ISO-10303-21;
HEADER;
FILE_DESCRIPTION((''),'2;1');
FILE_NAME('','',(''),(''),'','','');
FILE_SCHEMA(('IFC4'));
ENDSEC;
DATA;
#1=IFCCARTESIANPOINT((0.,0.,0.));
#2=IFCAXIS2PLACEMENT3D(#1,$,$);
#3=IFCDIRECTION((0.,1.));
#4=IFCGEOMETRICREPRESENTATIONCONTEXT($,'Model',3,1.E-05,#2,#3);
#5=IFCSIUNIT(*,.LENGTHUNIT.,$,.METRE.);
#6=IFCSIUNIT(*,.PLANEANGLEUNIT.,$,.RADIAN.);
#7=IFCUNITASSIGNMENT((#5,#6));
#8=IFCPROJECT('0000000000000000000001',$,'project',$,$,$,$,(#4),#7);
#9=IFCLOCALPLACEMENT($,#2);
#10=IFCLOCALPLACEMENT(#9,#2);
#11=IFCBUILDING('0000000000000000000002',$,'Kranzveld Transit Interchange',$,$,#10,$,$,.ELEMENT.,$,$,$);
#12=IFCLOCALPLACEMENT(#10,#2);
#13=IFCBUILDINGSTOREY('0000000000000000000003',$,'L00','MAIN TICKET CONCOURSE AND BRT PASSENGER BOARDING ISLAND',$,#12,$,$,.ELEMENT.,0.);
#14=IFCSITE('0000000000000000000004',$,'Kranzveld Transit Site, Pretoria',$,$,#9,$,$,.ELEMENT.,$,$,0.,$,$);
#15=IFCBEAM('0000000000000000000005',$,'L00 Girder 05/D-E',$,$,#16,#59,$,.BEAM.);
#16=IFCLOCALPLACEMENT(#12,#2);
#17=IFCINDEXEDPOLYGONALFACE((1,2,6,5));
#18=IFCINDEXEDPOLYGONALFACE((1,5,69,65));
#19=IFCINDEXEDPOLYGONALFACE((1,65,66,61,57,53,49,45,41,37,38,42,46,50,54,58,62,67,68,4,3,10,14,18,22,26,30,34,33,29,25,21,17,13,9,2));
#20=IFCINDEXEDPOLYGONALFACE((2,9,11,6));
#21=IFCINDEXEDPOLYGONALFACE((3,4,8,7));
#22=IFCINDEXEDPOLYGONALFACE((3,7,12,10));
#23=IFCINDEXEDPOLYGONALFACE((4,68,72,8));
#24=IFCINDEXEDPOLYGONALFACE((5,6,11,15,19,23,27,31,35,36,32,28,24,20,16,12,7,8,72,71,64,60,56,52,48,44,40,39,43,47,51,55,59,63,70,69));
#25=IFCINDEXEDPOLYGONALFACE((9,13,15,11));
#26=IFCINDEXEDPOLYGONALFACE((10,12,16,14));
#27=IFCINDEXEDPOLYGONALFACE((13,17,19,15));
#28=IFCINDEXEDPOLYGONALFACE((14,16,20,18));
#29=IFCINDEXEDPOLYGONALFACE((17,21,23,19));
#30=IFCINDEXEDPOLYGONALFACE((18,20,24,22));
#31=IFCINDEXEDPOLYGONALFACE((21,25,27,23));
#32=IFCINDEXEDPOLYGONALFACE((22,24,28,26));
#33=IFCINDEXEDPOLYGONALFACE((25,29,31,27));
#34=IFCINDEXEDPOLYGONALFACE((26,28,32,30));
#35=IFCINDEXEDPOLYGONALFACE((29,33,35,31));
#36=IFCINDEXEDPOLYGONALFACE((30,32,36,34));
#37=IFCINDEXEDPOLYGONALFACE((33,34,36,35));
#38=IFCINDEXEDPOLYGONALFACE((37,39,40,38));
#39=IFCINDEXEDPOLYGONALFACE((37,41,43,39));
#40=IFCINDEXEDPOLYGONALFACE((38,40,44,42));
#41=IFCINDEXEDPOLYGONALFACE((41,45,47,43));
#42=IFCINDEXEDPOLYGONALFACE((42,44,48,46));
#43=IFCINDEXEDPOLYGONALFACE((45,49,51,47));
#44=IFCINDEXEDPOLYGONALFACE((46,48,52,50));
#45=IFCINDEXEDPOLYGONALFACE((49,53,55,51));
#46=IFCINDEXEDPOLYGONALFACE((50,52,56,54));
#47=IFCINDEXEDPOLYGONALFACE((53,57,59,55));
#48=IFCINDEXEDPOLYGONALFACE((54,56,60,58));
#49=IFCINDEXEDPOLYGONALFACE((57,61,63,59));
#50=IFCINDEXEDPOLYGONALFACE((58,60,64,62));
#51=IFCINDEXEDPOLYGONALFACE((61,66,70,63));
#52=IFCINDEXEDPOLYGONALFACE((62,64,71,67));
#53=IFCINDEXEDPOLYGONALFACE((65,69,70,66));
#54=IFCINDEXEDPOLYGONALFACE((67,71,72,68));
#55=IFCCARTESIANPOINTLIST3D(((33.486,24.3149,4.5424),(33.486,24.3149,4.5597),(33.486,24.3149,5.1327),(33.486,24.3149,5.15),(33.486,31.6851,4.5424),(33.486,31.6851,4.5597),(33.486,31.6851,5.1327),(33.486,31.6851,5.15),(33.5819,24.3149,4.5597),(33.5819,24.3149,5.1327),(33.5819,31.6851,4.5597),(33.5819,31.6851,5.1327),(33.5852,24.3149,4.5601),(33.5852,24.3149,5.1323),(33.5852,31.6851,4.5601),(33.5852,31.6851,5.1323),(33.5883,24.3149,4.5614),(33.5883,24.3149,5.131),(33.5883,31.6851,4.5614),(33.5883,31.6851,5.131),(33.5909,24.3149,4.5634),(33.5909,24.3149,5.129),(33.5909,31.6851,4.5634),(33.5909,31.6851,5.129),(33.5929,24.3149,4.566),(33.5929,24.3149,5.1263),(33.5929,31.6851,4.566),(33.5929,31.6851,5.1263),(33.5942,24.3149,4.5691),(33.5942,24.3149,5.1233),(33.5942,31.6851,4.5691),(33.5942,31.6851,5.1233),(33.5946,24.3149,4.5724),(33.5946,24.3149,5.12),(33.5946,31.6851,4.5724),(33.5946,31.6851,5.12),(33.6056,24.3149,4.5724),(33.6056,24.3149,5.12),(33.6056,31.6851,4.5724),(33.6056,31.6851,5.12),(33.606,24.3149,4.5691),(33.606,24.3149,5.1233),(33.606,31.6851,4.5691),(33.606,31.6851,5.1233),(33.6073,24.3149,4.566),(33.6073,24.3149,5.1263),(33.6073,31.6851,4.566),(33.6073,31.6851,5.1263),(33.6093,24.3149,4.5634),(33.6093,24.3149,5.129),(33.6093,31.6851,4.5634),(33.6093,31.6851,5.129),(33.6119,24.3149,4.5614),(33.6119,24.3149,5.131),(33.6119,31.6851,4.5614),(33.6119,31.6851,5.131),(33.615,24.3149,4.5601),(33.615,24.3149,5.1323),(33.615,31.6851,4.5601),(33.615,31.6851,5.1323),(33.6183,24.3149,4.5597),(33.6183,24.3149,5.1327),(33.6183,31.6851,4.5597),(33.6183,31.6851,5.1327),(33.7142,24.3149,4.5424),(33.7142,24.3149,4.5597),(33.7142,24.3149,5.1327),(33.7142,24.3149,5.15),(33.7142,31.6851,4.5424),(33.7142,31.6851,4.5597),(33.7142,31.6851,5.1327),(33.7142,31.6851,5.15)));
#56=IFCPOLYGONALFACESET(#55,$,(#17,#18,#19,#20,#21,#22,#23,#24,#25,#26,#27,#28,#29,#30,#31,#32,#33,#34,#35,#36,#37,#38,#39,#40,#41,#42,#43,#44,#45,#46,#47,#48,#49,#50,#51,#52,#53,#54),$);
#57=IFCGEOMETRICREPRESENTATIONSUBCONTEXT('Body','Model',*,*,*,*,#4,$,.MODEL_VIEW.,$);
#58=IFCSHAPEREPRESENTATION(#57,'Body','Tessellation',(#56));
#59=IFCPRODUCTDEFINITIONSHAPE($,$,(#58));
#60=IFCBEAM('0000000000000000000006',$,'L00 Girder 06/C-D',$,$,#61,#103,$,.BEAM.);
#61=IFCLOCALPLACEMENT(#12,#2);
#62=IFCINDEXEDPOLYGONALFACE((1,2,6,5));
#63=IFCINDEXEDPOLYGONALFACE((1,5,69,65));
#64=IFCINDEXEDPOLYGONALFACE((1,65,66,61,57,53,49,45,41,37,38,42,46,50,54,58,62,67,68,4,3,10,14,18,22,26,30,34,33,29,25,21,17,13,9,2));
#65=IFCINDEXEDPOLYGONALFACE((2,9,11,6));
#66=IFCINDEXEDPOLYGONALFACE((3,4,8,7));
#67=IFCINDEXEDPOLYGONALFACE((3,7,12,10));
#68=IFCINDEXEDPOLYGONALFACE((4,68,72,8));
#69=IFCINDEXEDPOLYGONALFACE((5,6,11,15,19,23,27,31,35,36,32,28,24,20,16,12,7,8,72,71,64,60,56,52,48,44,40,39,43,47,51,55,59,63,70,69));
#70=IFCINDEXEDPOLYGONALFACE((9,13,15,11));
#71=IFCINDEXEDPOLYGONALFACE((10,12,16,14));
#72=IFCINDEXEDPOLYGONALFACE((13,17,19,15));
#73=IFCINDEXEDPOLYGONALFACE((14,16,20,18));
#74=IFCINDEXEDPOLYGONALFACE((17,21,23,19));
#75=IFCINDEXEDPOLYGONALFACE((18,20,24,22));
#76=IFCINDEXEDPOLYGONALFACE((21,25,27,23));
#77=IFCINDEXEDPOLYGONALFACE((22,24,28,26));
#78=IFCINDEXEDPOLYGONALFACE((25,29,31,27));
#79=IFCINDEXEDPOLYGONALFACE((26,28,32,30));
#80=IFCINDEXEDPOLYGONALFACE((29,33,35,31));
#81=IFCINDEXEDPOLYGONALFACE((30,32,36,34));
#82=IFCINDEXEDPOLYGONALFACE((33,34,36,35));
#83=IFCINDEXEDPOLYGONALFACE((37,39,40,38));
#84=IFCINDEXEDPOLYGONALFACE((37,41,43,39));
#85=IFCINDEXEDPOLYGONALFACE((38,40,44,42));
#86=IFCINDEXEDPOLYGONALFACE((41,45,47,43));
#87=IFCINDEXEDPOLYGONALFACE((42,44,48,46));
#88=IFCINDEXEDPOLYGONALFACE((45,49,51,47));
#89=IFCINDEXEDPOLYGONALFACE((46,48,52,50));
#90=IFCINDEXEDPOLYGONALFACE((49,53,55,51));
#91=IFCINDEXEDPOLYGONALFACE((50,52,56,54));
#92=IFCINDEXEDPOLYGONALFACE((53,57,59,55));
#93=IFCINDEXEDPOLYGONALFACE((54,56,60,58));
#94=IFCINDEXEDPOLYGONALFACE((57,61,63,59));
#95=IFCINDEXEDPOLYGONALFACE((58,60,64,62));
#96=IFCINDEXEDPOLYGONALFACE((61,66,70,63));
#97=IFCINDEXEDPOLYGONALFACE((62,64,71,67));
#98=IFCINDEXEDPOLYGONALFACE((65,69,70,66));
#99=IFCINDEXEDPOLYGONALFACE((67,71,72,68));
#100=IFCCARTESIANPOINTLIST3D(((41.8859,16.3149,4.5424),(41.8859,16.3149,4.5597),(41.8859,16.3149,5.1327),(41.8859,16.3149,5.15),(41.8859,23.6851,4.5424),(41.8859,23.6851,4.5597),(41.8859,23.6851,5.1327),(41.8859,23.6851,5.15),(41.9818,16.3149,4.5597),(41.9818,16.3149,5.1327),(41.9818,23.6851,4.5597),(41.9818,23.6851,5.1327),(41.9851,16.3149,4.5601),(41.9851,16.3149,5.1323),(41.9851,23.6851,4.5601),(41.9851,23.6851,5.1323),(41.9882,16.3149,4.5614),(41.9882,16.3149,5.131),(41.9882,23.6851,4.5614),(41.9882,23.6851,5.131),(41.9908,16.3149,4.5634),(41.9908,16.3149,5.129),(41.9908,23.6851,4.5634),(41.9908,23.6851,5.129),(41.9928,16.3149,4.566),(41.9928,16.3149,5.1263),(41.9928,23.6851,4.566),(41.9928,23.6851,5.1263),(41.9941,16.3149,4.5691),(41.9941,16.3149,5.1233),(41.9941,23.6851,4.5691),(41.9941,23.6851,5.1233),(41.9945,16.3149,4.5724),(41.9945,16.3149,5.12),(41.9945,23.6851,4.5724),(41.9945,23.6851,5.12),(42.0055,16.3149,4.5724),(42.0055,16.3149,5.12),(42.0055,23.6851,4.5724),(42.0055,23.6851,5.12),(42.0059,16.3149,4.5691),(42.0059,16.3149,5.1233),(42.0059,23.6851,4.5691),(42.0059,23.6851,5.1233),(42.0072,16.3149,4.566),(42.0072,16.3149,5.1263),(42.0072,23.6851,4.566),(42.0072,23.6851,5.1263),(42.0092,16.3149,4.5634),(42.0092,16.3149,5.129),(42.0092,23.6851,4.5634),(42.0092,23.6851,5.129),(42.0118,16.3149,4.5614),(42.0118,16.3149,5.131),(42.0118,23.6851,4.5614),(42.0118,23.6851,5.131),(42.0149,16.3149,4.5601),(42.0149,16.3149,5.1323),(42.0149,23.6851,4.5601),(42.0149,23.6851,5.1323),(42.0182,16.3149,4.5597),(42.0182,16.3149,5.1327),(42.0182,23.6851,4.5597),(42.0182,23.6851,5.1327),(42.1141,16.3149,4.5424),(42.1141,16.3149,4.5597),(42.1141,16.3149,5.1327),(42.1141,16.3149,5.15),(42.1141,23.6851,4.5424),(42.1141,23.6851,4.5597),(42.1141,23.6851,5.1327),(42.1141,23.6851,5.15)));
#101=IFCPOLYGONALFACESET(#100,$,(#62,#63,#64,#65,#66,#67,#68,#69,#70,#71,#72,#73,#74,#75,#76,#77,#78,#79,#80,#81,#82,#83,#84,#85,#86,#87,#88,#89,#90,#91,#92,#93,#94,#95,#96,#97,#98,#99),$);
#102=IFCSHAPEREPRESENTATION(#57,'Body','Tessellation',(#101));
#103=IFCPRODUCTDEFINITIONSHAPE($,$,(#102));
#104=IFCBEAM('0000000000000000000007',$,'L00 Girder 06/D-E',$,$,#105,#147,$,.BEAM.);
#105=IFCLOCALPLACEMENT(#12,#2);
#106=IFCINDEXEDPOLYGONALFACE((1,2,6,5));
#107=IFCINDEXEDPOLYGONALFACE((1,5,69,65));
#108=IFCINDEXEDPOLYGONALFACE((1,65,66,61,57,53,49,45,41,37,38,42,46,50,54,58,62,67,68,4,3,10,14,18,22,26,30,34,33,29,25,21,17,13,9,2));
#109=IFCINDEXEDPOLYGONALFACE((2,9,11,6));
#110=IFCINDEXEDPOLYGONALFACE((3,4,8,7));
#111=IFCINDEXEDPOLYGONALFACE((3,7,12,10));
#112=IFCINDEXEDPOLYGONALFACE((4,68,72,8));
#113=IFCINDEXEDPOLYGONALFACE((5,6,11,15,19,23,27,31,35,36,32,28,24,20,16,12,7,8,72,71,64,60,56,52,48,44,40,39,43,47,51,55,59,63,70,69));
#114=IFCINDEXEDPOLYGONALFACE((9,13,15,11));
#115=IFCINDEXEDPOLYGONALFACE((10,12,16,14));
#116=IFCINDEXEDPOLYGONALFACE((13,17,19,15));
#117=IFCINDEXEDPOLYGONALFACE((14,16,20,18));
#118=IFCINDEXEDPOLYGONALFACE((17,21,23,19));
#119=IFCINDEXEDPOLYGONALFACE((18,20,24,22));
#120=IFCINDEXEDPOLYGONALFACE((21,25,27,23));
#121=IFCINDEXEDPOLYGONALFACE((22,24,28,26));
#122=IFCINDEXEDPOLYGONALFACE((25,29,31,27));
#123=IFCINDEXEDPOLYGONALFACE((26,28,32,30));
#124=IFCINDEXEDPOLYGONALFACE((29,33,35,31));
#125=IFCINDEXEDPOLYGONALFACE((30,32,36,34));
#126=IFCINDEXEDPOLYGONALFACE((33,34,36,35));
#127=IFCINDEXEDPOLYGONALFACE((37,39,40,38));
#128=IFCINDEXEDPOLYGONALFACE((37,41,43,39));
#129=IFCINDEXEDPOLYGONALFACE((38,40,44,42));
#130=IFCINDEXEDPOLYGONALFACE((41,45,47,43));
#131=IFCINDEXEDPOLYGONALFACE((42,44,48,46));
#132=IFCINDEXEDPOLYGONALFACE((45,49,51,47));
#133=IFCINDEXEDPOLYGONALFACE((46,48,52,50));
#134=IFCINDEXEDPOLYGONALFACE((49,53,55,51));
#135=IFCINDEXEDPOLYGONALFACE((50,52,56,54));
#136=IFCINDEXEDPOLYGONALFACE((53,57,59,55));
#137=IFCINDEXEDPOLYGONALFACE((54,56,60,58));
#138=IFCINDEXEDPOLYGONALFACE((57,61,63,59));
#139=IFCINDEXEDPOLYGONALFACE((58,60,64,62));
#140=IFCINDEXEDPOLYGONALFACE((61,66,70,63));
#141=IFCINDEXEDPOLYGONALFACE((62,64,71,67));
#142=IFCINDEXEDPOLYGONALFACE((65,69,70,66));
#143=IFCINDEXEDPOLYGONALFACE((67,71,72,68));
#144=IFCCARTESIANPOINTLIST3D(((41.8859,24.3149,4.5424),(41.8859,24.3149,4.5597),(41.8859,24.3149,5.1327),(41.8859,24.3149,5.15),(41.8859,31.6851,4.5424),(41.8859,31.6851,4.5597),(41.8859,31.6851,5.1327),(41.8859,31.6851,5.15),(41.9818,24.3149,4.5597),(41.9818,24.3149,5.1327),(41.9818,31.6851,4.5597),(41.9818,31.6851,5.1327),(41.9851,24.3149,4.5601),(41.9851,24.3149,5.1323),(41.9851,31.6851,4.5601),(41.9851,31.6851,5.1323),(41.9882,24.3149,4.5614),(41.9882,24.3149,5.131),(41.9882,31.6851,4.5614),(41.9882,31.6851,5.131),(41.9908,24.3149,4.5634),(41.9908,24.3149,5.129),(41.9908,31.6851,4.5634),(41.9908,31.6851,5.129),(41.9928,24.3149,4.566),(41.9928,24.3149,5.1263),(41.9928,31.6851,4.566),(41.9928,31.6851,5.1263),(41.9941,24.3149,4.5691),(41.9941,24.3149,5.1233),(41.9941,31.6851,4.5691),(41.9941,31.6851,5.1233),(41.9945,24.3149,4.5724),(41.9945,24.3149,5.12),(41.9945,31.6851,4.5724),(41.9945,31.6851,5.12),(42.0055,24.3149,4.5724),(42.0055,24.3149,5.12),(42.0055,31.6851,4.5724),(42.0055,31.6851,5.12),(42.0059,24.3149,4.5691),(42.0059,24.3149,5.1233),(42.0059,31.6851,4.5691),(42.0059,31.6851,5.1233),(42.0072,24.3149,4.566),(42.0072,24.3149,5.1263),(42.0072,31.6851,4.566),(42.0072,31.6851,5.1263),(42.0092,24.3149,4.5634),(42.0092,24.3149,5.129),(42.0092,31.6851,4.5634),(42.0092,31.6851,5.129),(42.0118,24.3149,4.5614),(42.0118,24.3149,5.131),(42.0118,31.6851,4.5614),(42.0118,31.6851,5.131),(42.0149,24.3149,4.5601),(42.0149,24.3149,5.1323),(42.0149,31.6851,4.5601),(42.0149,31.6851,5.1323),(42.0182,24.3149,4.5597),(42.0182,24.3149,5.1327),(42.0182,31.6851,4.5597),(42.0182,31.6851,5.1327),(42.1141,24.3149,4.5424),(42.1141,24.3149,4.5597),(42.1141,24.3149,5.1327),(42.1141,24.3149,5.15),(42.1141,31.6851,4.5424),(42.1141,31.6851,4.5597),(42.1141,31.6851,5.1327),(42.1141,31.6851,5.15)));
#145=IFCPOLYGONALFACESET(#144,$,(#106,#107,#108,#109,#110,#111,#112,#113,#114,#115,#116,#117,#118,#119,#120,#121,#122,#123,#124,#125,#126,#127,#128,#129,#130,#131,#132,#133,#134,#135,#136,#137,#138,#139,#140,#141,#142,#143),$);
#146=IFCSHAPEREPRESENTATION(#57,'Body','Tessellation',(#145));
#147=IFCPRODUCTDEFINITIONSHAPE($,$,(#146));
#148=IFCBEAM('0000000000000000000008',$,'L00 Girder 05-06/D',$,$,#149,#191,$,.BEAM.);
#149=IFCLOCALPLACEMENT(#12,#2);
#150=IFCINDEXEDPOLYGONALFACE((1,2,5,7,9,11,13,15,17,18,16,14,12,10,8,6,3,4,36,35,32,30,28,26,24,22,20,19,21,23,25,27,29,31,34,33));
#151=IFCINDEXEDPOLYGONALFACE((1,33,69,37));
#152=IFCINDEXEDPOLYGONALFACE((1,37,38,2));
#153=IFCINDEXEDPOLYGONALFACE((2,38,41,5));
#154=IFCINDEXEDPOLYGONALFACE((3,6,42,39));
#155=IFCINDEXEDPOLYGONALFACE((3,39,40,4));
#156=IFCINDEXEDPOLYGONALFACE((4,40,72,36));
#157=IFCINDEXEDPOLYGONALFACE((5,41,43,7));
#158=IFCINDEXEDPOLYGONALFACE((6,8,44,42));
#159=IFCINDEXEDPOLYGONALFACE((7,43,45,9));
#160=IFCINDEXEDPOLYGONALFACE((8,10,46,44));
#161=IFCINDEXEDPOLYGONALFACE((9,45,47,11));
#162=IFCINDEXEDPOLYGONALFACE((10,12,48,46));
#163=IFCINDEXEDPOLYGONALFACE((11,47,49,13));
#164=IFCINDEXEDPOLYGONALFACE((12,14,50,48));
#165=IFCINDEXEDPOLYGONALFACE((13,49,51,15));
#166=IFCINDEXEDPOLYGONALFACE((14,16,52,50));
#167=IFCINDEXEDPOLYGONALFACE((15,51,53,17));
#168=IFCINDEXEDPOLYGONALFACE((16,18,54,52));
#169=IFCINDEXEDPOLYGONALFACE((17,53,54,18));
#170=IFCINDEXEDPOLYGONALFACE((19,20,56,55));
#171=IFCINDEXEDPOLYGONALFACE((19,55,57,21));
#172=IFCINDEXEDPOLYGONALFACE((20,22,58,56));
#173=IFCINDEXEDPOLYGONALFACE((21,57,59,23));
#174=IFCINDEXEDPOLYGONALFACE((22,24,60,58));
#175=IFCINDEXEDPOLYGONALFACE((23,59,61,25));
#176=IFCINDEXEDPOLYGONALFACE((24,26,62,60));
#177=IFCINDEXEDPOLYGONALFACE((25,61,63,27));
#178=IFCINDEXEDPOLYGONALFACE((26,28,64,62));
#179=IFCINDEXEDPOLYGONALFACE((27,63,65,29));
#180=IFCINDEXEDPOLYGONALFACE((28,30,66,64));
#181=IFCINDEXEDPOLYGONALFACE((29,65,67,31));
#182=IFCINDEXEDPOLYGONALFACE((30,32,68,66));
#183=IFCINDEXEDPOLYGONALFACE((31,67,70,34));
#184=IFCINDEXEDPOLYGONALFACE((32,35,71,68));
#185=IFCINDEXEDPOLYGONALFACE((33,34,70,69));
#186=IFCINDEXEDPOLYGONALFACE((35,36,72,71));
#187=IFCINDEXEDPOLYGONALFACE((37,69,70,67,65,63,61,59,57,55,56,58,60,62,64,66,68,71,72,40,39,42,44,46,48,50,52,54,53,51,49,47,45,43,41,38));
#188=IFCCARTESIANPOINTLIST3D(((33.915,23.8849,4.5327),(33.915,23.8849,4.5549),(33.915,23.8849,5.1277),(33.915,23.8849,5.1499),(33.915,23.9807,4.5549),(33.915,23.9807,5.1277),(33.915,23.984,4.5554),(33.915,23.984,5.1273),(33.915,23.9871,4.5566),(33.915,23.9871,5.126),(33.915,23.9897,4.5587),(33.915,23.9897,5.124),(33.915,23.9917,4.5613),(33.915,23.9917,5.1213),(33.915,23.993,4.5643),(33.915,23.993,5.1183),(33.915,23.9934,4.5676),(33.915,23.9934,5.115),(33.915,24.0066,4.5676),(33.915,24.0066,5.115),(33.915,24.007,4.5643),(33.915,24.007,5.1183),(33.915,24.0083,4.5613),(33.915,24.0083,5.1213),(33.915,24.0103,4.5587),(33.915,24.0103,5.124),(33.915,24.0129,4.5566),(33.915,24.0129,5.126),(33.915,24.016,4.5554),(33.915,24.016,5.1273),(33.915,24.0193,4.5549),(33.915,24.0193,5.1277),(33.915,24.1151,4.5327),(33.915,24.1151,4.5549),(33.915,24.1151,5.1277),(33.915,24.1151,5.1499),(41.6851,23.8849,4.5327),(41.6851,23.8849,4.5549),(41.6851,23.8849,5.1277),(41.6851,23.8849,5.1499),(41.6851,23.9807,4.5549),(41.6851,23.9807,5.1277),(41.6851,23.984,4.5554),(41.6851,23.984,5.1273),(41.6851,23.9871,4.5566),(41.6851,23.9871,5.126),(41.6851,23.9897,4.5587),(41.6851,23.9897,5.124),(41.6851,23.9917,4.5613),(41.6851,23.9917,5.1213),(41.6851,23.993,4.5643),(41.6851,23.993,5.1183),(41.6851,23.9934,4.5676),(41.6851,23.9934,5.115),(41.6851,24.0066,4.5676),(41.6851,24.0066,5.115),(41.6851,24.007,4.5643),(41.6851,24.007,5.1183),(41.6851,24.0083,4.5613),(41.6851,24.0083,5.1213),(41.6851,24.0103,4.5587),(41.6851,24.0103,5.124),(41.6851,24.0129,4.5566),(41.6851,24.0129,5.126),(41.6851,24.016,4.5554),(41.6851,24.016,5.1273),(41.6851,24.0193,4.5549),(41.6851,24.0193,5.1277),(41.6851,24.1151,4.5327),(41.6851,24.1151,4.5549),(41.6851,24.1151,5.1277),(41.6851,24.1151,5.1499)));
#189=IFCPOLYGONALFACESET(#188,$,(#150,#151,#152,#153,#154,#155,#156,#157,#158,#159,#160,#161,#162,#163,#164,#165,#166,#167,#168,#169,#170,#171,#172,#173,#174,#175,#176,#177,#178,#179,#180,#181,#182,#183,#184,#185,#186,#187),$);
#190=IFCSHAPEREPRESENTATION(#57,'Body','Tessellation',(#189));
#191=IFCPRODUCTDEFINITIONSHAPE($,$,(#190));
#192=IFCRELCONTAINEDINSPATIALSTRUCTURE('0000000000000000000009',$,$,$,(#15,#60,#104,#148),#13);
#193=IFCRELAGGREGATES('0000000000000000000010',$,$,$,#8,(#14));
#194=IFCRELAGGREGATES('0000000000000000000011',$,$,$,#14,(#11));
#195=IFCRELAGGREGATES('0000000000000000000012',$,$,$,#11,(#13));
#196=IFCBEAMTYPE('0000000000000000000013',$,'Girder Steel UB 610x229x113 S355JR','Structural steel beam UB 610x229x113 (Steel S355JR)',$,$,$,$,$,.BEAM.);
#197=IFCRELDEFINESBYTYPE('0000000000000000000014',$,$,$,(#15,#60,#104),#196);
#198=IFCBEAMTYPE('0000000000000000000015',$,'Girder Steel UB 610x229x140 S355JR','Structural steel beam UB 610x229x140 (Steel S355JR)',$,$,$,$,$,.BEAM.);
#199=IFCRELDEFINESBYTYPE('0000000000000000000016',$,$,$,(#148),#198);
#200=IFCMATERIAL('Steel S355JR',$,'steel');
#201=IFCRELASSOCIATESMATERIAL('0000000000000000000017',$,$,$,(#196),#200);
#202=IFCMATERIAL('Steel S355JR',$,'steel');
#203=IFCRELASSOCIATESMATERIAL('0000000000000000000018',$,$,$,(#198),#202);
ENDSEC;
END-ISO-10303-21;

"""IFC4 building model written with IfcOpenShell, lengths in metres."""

from ifc_helpers import new_model, si_unit, direction, frame, origin, origin_2d, place, context, subcontext, project, spatial, i_section, extrude, material, material_profile, profile_set, type_object, element, save


model = new_model("IFC4")

# Units and contexts
model_context = context("Model", 3, precision=1e-05, world=origin(), true_north=direction((0.0, 1.0)))
body_context = subcontext(model_context, "Body", "Model", "MODEL_VIEW")
ifc_project = project(units=[si_unit("LENGTHUNIT", "METRE"), si_unit("PLANEANGLEUNIT", "RADIAN")], contexts=[model_context])

# Site, building, storey
site_placement = place(None, origin())
site = spatial("IfcSite", under=ifc_project, at=site_placement, Name="Kranzveld Transit Site, Pretoria", CompositionType="ELEMENT", RefElevation=0.0)
building_placement = place(site_placement, origin())
building = spatial("IfcBuilding", under=site, at=building_placement, Name="Kranzveld Transit Interchange", CompositionType="ELEMENT")
storey_placement = place(building_placement, origin())
storey = spatial("IfcBuildingStorey", under=building, at=storey_placement, Name="L00", Description="MAIN TICKET CONCOURSE AND BRT PASSENGER BOARDING ISLAND", CompositionType="ELEMENT", Elevation=0.0)

# Beams
ifc_material_1 = material(Name="Steel S355JR", Category="steel")
ifc_material_profile_1 = material_profile(ifc_material_1, i_section(OverallWidth=0.2283, OverallDepth=0.6077, WebThickness=0.011, FlangeThickness=0.0173, FilletRadius=0.0127, at=origin_2d()), Name="UB 610x229x113")
ifc_profile_set_1 = profile_set([ifc_material_profile_1], Name="Steel S355JR")
beam_type_1 = type_object("IfcBeamType", Name="Girder Steel UB 610x229x113 S355JR", Description="Structural steel beam UB 610x229x113 (Steel S355JR)", PredefinedType="BEAM", material=ifc_profile_set_1)
for number, where, z_axis, x_axis, name in (
    (1, (33.6001, 24.3149, 4.8462), (0.0, 1.0, 0.0), (-1.0, 0.0, 0.0), "L00 Girder 05/D-E"),
    (2, (42.0, 16.3149, 4.8462), (0.0, 1.0, 0.0), (-1.0, 0.0, 0.0), "L00 Girder 06/C-D"),
    (3, (42.0, 24.3149, 4.8462), (0.0, 1.0, 0.0), (-1.0, 0.0, 0.0), "L00 Girder 06/D-E"),
):
    element("IfcBeam", number, at=place(storey_placement, frame(where, z_axis=z_axis, x_axis=x_axis)), inside=storey, type_object=beam_type_1, Name=name, PredefinedType="BEAM", context=body_context, shape_type="SweptSolid", body=[
        extrude(i_section(OverallWidth=0.2283, OverallDepth=0.6077, WebThickness=0.011, FlangeThickness=0.0173, FilletRadius=0.0127, at=origin_2d()), origin(), (0.0, 0.0, 1.0), 7.3701),
    ])
ifc_material_2 = material(Name="Steel S355JR", Category="steel")
ifc_material_profile_2 = material_profile(ifc_material_2, i_section(OverallWidth=0.2302, OverallDepth=0.6172, WebThickness=0.0132, FlangeThickness=0.0222, FilletRadius=0.0127, at=origin_2d()), Name="UB 610x229x140")
ifc_profile_set_2 = profile_set([ifc_material_profile_2], Name="Steel S355JR")
beam_type_2 = type_object("IfcBeamType", Name="Girder Steel UB 610x229x140 S355JR", Description="Structural steel beam UB 610x229x140 (Steel S355JR)", PredefinedType="BEAM", material=ifc_profile_set_2)
for number, where, z_axis, x_axis, name in (
    (4, (33.915, 24.0, 4.8413), (1.0, 0.0, 0.0), (0.0, 1.0, 0.0), "L00 Girder 05-06/D"),
):
    element("IfcBeam", number, at=place(storey_placement, frame(where, z_axis=z_axis, x_axis=x_axis)), inside=storey, type_object=beam_type_2, Name=name, PredefinedType="BEAM", context=body_context, shape_type="SweptSolid", body=[
        extrude(i_section(OverallWidth=0.2302, OverallDepth=0.6172, WebThickness=0.0132, FlangeThickness=0.0222, FilletRadius=0.0127, at=origin_2d()), origin(), (0.0, 0.0, 1.0), 7.77),
    ])

save(model, "model.ifc")
